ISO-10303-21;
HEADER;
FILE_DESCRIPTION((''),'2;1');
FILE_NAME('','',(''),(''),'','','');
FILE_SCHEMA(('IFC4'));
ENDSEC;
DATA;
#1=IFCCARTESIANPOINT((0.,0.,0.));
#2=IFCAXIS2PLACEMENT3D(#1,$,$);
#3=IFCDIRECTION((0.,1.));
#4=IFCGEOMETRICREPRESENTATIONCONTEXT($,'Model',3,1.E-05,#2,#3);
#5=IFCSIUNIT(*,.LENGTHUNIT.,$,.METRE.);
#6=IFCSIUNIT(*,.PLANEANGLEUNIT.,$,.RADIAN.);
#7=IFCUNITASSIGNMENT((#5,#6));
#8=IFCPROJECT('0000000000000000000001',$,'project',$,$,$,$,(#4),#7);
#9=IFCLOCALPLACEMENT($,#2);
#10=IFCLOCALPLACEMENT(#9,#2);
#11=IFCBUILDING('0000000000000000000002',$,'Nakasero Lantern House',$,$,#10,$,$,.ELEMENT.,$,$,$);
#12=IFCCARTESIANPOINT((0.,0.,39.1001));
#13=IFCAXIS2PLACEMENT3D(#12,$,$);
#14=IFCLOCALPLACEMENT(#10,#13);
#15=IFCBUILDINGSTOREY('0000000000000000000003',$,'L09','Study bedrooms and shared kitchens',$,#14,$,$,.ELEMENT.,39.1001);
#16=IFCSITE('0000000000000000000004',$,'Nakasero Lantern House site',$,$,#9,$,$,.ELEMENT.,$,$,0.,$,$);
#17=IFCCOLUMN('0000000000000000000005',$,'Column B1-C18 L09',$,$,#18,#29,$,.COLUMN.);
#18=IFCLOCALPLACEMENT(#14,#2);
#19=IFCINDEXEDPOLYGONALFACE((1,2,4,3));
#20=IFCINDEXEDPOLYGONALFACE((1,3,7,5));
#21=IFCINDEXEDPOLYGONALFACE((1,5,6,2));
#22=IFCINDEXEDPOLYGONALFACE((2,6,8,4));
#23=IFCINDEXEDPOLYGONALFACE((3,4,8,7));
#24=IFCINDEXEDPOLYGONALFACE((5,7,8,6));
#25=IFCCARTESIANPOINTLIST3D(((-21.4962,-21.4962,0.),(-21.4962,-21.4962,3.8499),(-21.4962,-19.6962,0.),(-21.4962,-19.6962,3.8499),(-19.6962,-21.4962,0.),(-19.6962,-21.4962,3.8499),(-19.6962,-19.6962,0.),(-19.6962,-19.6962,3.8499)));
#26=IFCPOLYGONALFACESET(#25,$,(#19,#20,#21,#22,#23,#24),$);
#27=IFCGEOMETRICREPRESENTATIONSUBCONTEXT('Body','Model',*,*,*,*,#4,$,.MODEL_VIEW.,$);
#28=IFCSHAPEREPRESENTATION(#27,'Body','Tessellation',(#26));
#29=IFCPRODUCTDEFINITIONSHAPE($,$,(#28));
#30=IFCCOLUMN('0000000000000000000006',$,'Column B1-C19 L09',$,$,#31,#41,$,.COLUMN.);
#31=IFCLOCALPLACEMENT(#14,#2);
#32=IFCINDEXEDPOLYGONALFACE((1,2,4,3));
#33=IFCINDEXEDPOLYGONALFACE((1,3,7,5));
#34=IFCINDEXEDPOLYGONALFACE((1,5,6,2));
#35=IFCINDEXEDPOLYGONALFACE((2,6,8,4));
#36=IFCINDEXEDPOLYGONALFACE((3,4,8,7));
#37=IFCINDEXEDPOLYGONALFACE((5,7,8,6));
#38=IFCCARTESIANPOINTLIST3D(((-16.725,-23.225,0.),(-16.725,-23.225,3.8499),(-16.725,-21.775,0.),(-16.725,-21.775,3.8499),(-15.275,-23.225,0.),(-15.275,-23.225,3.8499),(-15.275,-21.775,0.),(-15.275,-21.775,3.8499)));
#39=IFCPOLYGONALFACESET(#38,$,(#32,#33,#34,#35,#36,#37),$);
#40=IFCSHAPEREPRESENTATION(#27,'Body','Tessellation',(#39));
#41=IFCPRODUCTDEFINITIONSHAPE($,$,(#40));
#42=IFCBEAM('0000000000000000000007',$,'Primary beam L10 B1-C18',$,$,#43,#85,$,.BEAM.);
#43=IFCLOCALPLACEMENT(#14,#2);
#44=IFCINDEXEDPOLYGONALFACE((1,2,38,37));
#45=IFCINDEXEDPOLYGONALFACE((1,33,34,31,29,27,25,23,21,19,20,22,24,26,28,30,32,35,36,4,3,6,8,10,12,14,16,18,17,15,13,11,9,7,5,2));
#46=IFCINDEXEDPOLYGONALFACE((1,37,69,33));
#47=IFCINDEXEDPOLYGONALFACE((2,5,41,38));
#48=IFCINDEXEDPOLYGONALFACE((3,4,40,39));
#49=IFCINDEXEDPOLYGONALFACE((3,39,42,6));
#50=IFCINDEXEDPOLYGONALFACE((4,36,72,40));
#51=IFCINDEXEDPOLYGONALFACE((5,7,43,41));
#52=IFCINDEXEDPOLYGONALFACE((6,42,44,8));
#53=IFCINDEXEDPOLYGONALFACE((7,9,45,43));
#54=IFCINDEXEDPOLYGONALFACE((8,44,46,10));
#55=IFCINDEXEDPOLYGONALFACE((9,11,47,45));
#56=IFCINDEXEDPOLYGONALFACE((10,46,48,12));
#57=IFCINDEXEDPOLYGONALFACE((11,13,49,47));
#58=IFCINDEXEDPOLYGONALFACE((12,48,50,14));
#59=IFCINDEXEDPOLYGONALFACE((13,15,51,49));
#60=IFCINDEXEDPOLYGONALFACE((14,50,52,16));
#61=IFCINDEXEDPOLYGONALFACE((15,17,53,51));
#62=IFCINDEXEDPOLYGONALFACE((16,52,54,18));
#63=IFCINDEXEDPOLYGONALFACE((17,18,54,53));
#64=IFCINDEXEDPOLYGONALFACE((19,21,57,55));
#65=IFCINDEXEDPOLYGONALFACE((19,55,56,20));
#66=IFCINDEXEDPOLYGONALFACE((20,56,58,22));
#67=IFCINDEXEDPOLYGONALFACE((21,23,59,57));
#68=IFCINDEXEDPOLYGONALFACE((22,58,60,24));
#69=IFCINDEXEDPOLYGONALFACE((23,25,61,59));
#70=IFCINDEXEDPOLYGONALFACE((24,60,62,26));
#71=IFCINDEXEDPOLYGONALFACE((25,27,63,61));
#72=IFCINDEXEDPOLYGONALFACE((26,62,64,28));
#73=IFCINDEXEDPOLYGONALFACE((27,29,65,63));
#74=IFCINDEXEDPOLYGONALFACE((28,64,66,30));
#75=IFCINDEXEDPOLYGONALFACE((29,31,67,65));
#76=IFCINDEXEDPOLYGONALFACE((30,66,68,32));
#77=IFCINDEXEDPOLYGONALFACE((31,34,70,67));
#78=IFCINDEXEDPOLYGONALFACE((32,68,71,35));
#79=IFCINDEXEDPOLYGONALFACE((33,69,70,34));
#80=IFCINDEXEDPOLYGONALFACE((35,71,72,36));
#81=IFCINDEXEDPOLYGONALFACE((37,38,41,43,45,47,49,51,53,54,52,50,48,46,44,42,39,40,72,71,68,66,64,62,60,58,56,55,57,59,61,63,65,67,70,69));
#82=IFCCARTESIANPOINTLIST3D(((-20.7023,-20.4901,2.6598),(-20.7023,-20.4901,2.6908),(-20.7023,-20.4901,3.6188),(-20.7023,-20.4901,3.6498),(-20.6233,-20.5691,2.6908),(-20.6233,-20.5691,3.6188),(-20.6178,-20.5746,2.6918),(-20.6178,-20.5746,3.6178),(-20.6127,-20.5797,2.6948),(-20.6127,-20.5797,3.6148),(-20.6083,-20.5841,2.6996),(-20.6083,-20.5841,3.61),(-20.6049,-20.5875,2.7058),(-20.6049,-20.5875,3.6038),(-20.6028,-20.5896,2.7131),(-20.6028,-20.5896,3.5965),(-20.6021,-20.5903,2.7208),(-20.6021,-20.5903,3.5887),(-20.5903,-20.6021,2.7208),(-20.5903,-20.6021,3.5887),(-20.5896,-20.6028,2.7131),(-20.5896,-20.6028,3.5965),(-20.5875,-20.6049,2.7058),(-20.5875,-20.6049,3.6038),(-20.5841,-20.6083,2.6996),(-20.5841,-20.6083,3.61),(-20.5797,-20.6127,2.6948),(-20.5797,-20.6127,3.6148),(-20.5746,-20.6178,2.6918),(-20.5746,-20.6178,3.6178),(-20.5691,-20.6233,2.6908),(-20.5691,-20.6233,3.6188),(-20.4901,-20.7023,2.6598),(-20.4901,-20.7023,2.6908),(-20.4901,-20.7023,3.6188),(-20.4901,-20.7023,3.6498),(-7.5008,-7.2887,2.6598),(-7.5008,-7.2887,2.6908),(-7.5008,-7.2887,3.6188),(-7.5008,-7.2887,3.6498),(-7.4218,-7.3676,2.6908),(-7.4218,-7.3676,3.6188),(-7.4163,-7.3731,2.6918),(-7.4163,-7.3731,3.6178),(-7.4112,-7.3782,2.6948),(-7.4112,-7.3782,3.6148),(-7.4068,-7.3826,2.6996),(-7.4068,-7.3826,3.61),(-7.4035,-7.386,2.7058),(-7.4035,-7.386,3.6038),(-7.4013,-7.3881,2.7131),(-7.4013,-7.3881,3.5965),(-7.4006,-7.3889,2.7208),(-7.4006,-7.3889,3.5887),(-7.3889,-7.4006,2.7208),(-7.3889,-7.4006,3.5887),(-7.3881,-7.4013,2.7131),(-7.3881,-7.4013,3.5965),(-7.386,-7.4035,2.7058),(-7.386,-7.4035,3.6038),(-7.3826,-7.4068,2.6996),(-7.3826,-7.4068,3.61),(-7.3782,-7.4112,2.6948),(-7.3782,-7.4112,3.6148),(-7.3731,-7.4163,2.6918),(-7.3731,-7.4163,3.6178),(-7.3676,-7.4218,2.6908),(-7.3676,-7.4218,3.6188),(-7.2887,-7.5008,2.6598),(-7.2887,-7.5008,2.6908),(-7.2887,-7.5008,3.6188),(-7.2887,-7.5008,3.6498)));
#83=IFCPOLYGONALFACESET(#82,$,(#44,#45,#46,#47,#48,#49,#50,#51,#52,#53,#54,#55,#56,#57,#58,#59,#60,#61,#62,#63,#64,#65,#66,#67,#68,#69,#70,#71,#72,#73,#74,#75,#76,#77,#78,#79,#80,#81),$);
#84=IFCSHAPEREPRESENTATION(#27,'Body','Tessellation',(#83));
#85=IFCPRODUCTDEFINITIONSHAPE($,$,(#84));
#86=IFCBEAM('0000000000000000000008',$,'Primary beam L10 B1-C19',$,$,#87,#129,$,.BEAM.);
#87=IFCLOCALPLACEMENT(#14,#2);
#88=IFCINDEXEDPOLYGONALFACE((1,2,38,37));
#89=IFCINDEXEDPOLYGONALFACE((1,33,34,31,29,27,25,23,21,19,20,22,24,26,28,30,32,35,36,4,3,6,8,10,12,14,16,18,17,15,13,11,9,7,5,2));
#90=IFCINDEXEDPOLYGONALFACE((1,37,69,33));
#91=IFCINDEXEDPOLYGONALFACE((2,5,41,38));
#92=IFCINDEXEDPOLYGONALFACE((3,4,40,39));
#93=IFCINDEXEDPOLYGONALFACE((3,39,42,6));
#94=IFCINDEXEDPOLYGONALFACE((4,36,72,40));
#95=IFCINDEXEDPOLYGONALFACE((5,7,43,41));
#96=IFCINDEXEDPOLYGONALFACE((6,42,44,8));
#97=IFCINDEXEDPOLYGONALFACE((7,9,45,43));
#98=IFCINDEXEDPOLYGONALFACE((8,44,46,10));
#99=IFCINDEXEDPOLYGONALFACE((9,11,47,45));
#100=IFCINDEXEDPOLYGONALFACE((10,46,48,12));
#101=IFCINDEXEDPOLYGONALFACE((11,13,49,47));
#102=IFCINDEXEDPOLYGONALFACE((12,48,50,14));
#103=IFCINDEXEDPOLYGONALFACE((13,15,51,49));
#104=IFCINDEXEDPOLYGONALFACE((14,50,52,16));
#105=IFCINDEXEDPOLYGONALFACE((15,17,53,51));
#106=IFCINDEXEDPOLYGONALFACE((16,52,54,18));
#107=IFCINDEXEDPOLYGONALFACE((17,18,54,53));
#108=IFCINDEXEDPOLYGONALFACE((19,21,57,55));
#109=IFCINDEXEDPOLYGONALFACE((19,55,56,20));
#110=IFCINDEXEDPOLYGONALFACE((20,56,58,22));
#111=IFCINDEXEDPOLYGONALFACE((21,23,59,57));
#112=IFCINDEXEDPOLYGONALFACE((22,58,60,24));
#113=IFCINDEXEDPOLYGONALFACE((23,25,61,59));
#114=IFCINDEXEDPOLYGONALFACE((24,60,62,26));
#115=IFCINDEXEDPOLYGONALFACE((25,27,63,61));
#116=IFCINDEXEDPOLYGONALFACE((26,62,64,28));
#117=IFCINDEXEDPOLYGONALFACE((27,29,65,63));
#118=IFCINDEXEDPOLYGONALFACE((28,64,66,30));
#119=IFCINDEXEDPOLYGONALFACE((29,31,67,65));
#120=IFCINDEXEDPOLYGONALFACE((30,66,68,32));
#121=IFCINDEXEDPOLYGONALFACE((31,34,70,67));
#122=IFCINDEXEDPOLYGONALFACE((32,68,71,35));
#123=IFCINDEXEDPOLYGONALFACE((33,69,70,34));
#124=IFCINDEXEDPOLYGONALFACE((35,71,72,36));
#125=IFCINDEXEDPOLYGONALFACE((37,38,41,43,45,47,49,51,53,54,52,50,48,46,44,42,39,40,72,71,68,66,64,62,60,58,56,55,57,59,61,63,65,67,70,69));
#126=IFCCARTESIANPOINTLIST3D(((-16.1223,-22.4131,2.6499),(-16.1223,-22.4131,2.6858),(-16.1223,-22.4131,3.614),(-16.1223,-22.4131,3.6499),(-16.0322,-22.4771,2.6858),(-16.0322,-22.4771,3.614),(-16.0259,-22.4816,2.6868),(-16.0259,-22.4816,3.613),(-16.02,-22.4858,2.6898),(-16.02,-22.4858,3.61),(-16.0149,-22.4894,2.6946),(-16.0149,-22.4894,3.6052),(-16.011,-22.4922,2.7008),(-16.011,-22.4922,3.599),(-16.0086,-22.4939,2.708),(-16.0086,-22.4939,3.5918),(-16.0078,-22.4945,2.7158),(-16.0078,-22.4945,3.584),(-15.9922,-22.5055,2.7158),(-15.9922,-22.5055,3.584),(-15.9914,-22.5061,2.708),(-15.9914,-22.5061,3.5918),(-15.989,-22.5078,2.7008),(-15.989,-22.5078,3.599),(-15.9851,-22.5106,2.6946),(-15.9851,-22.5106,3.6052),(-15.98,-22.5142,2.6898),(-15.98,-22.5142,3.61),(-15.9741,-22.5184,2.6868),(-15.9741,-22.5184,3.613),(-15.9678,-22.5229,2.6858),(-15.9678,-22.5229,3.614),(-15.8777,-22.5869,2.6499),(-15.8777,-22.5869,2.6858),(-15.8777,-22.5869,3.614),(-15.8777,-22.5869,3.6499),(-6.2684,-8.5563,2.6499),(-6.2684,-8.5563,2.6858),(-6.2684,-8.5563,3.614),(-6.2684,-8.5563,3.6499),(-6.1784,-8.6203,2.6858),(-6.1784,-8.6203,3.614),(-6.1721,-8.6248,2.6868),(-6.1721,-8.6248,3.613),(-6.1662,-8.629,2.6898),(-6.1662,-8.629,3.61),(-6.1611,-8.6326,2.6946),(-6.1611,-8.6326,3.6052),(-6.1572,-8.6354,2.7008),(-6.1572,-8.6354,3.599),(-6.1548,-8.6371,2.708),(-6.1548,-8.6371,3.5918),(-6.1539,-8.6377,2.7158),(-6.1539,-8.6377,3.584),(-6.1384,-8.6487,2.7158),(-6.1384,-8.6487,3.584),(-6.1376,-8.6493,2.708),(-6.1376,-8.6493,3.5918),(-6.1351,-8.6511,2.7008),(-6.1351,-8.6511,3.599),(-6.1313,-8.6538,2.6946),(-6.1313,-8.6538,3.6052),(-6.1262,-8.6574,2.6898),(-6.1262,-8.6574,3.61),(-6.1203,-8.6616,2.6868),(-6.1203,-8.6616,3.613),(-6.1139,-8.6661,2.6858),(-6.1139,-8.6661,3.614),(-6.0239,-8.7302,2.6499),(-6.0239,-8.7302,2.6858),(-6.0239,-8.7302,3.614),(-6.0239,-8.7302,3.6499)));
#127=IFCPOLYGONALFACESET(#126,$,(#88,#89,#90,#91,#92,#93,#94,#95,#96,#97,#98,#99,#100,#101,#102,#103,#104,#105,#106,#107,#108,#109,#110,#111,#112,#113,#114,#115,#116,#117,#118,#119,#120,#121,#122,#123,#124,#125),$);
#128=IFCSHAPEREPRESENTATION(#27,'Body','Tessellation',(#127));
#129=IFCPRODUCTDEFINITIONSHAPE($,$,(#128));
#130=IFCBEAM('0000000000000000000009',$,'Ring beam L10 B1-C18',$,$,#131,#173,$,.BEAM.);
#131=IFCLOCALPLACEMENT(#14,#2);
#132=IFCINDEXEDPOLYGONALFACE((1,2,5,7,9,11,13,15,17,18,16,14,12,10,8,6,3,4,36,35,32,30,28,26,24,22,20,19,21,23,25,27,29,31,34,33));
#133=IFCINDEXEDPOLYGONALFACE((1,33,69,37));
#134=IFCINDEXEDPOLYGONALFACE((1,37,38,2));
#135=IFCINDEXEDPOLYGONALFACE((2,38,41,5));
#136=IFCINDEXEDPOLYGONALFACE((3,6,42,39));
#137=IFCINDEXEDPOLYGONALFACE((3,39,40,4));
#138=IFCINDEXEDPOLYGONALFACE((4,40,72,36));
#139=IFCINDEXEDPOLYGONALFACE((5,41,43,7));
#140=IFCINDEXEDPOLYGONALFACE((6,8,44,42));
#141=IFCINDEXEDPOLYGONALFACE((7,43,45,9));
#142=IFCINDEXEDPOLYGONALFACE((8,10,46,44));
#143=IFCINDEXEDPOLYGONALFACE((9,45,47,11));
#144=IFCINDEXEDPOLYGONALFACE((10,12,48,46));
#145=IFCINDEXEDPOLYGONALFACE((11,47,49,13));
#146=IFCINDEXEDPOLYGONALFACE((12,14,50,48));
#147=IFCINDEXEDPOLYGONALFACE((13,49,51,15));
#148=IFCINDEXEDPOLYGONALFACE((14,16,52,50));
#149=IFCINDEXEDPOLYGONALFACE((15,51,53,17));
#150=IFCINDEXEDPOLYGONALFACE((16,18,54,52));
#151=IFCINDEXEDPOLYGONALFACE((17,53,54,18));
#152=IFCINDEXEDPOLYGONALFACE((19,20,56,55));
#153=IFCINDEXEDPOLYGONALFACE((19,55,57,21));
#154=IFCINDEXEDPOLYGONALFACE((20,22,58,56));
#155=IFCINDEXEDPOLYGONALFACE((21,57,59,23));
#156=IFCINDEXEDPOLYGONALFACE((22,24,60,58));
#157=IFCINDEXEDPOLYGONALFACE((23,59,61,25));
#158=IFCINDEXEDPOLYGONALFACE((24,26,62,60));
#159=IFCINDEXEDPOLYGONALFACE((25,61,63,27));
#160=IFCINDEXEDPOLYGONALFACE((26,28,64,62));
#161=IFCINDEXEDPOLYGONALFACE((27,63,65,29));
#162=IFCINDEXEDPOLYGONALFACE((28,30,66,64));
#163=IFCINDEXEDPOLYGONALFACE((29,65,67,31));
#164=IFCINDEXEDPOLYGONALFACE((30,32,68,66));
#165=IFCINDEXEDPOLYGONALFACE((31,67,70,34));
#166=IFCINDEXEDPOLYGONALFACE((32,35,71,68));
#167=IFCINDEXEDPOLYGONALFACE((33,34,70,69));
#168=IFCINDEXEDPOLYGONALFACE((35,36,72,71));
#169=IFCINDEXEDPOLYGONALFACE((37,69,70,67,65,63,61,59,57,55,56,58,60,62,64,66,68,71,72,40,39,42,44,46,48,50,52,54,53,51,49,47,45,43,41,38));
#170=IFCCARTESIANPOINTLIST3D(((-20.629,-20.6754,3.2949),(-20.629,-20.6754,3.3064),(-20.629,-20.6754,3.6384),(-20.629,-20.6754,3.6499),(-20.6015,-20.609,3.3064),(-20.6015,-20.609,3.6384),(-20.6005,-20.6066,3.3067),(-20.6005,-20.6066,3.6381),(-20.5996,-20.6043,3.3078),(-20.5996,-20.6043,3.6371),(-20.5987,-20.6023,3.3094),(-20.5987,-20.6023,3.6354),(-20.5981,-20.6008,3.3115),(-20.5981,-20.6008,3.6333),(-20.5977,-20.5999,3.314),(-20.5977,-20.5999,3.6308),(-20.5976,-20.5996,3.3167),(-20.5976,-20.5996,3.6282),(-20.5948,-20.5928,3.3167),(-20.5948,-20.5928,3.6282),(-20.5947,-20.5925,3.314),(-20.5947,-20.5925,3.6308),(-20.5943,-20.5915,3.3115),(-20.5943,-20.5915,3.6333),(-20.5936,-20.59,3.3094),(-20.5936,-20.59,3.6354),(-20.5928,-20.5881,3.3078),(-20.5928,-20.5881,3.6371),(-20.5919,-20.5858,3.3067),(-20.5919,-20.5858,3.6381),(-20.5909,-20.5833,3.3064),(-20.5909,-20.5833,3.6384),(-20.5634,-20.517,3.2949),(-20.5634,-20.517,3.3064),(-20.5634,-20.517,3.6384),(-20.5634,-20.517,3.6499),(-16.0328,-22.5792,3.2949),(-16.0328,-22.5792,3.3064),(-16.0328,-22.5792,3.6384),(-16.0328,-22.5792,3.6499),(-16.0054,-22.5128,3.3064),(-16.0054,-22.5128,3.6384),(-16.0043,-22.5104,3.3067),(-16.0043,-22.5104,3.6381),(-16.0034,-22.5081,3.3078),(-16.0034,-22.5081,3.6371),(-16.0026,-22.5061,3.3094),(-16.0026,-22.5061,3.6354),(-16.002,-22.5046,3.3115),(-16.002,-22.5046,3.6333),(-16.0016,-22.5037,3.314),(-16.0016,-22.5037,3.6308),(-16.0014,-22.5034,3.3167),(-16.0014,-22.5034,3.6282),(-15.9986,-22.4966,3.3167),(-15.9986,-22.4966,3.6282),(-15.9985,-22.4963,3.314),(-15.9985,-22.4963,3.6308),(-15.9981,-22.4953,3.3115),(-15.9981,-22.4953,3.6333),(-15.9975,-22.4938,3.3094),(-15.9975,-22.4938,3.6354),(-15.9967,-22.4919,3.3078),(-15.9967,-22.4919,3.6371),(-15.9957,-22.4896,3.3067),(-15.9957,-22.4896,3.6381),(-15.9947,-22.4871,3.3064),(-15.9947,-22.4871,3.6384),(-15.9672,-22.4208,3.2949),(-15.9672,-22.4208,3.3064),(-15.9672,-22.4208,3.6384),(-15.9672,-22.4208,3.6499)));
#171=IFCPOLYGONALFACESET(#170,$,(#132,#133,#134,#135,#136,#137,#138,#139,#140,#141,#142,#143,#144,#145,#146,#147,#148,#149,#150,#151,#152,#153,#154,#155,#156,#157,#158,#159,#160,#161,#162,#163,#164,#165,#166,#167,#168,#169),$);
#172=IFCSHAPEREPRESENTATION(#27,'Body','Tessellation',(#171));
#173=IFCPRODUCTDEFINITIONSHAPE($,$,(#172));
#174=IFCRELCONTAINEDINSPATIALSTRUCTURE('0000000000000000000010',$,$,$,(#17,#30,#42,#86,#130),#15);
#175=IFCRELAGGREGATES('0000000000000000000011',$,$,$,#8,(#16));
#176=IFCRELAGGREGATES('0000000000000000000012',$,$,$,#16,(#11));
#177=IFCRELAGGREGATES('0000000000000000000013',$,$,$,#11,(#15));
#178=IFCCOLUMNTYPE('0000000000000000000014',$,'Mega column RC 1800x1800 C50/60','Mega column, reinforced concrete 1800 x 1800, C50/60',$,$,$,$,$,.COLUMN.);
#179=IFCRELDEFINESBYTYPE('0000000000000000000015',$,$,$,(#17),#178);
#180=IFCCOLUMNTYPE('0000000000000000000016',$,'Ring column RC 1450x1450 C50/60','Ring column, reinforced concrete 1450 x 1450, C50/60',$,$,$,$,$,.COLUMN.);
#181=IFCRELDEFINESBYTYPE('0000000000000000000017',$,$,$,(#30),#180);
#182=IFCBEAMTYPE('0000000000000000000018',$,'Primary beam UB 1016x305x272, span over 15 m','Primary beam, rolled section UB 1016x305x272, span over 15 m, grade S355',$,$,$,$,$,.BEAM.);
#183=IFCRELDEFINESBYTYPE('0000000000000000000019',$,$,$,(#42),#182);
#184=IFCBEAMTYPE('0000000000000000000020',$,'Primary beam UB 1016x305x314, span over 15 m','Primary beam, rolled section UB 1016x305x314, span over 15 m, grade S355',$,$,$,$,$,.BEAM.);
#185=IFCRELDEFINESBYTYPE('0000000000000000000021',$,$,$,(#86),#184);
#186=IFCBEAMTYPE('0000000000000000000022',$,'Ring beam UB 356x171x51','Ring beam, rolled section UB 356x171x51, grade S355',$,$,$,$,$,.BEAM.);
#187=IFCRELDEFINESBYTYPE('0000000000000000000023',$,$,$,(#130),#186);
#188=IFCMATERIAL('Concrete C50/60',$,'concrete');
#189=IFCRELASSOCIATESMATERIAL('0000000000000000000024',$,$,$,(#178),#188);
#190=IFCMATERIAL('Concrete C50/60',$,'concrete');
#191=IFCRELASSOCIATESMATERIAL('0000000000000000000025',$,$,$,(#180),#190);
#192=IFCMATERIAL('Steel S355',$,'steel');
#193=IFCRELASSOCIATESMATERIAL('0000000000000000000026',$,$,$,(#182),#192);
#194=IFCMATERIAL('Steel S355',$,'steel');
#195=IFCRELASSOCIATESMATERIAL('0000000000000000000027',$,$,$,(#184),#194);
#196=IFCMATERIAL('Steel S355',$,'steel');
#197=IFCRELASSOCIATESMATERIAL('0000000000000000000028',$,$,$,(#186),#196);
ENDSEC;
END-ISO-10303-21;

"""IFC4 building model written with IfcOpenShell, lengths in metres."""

from ifc_helpers import new_model, si_unit, direction, frame, origin, origin_2d, place, context, subcontext, project, spatial, rectangle, i_section, extrude, material, material_profile, profile_set, type_object, element, save


model = new_model("IFC4")

# Units and contexts
model_context = context("Model", 3, precision=1e-05, world=origin(), true_north=direction((0.0, 1.0)))
body_context = subcontext(model_context, "Body", "Model", "MODEL_VIEW")
ifc_project = project(units=[si_unit("LENGTHUNIT", "METRE"), si_unit("PLANEANGLEUNIT", "RADIAN")], contexts=[model_context])

# Site, building, storey
site_placement = place(None, origin())
site = spatial("IfcSite", under=ifc_project, at=site_placement, Name="Nakasero Lantern House site", CompositionType="ELEMENT", RefElevation=0.0)
building_placement = place(site_placement, origin())
building = spatial("IfcBuilding", under=site, at=building_placement, Name="Nakasero Lantern House", CompositionType="ELEMENT")
storey_placement = place(building_placement, frame((0.0, 0.0, 39.1001)))
storey = spatial("IfcBuildingStorey", under=building, at=storey_placement, Name="L09", Description="Study bedrooms and shared kitchens", CompositionType="ELEMENT", Elevation=39.1001)

# Columns
ifc_material_1 = material(Name="Concrete C50/60", Category="concrete")
ifc_material_profile_1 = material_profile(ifc_material_1, rectangle(XDim=1.8, YDim=1.8, at=origin_2d()), Name="RC 1800x1800")
ifc_profile_set_1 = profile_set([ifc_material_profile_1], Name="Concrete C50/60")
column_type_1 = type_object("IfcColumnType", Name="Mega column RC 1800x1800 C50/60", Description="Mega column, reinforced concrete 1800 x 1800, C50/60", PredefinedType="COLUMN", material=ifc_profile_set_1)
column_1_placement = place(storey_placement, frame((-20.5962, -20.5962, 0.0), z_axis=(0.0, 0.0, 1.0), x_axis=(1.0, 0.0, 0.0)))
element("IfcColumn", 1, at=column_1_placement, inside=storey, type_object=column_type_1, Name="Column B1-C18 L09", PredefinedType="COLUMN", context=body_context, shape_type="SweptSolid", body=[
    extrude(rectangle(XDim=1.8, YDim=1.8, at=origin_2d()), origin(), (0.0, 0.0, 1.0), 3.8499),
])
ifc_material_2 = material(Name="Concrete C50/60", Category="concrete")
ifc_material_profile_2 = material_profile(ifc_material_2, rectangle(XDim=1.45, YDim=1.45, at=origin_2d()), Name="RC 1450x1450")
ifc_profile_set_2 = profile_set([ifc_material_profile_2], Name="Concrete C50/60")
column_type_2 = type_object("IfcColumnType", Name="Ring column RC 1450x1450 C50/60", Description="Ring column, reinforced concrete 1450 x 1450, C50/60", PredefinedType="COLUMN", material=ifc_profile_set_2)
column_2_placement = place(storey_placement, frame((-16.0, -22.5, 0.0), z_axis=(0.0, 0.0, 1.0), x_axis=(1.0, 0.0, 0.0)))
element("IfcColumn", 2, at=column_2_placement, inside=storey, type_object=column_type_2, Name="Column B1-C19 L09", PredefinedType="COLUMN", context=body_context, shape_type="SweptSolid", body=[
    extrude(rectangle(XDim=1.45, YDim=1.45, at=origin_2d()), origin(), (0.0, 0.0, 1.0), 3.8499),
])

# Beams
ifc_material_3 = material(Name="Steel S355", Category="steel")
ifc_material_profile_3 = material_profile(ifc_material_3, i_section(OverallWidth=0.3, OverallDepth=0.99, WebThickness=0.0166, FlangeThickness=0.031, FilletRadius=0.03, at=origin_2d()), Name="UB 1016x305x272")
ifc_profile_set_3 = profile_set([ifc_material_profile_3], Name="Steel S355")
beam_type_1 = type_object("IfcBeamType", Name="Primary beam UB 1016x305x272, span over 15 m", Description="Primary beam, rolled section UB 1016x305x272, span over 15 m, grade S355", PredefinedType="BEAM", material=ifc_profile_set_3)
beam_1_placement = place(storey_placement, frame((-20.5962, -20.5962, 3.1548), z_axis=(0.707107, 0.707107, 0.0), x_axis=(-0.707107, 0.707107, 0.0)))
element("IfcBeam", 3, at=beam_1_placement, inside=storey, type_object=beam_type_1, Name="Primary beam L10 B1-C18", PredefinedType="BEAM", context=body_context, shape_type="SweptSolid", body=[
    extrude(i_section(OverallWidth=0.3, OverallDepth=0.99, WebThickness=0.0166, FlangeThickness=0.031, FilletRadius=0.03, at=origin_2d()), origin(), (0.0, 0.0, 1.0), 18.6697),
])
ifc_material_4 = material(Name="Steel S355", Category="steel")
ifc_material_profile_4 = material_profile(ifc_material_4, i_section(OverallWidth=0.3, OverallDepth=1.0, WebThickness=0.019, FlangeThickness=0.0359, FilletRadius=0.03, at=origin_2d()), Name="UB 1016x305x314")
ifc_profile_set_4 = profile_set([ifc_material_profile_4], Name="Steel S355")
beam_type_2 = type_object("IfcBeamType", Name="Primary beam UB 1016x305x314, span over 15 m", Description="Primary beam, rolled section UB 1016x305x314, span over 15 m, grade S355", PredefinedType="BEAM", material=ifc_profile_set_4)
beam_2_placement = place(storey_placement, frame((-16.0, -22.5, 3.1499), z_axis=(0.579528, 0.814952, 0.0), x_axis=(-0.814952, 0.579528, 0.0)))
element("IfcBeam", 4, at=beam_2_placement, inside=storey, type_object=beam_type_2, Name="Primary beam L10 B1-C19", PredefinedType="BEAM", context=body_context, shape_type="SweptSolid", body=[
    extrude(i_section(OverallWidth=0.3, OverallDepth=1.0, WebThickness=0.019, FlangeThickness=0.0359, FilletRadius=0.03, at=origin_2d()), origin(), (0.0, 0.0, 1.0), 17.0032),
])
ifc_material_5 = material(Name="Steel S355", Category="steel")
ifc_material_profile_5 = material_profile(ifc_material_5, i_section(OverallWidth=0.1714, OverallDepth=0.355, WebThickness=0.0073, FlangeThickness=0.0115, FilletRadius=0.0103, at=origin_2d()), Name="UB 356x171x51")
ifc_profile_set_5 = profile_set([ifc_material_profile_5], Name="Steel S355")
beam_type_3 = type_object("IfcBeamType", Name="Ring beam UB 356x171x51", Description="Ring beam, rolled section UB 356x171x51, grade S355", PredefinedType="BEAM", material=ifc_profile_set_5)
beam_3_placement = place(storey_placement, frame((-20.5962, -20.5962, 3.4724), z_axis=(0.923879, -0.382684, 0.0), x_axis=(0.382684, 0.923879, 0.0)))
element("IfcBeam", 5, at=beam_3_placement, inside=storey, type_object=beam_type_3, Name="Ring beam L10 B1-C18", PredefinedType="BEAM", context=body_context, shape_type="SweptSolid", body=[
    extrude(i_section(OverallWidth=0.1714, OverallDepth=0.355, WebThickness=0.0073, FlangeThickness=0.0115, FilletRadius=0.0103, at=origin_2d()), origin(), (0.0, 0.0, 1.0), 4.9749),
])

save(model, "model.ifc")
